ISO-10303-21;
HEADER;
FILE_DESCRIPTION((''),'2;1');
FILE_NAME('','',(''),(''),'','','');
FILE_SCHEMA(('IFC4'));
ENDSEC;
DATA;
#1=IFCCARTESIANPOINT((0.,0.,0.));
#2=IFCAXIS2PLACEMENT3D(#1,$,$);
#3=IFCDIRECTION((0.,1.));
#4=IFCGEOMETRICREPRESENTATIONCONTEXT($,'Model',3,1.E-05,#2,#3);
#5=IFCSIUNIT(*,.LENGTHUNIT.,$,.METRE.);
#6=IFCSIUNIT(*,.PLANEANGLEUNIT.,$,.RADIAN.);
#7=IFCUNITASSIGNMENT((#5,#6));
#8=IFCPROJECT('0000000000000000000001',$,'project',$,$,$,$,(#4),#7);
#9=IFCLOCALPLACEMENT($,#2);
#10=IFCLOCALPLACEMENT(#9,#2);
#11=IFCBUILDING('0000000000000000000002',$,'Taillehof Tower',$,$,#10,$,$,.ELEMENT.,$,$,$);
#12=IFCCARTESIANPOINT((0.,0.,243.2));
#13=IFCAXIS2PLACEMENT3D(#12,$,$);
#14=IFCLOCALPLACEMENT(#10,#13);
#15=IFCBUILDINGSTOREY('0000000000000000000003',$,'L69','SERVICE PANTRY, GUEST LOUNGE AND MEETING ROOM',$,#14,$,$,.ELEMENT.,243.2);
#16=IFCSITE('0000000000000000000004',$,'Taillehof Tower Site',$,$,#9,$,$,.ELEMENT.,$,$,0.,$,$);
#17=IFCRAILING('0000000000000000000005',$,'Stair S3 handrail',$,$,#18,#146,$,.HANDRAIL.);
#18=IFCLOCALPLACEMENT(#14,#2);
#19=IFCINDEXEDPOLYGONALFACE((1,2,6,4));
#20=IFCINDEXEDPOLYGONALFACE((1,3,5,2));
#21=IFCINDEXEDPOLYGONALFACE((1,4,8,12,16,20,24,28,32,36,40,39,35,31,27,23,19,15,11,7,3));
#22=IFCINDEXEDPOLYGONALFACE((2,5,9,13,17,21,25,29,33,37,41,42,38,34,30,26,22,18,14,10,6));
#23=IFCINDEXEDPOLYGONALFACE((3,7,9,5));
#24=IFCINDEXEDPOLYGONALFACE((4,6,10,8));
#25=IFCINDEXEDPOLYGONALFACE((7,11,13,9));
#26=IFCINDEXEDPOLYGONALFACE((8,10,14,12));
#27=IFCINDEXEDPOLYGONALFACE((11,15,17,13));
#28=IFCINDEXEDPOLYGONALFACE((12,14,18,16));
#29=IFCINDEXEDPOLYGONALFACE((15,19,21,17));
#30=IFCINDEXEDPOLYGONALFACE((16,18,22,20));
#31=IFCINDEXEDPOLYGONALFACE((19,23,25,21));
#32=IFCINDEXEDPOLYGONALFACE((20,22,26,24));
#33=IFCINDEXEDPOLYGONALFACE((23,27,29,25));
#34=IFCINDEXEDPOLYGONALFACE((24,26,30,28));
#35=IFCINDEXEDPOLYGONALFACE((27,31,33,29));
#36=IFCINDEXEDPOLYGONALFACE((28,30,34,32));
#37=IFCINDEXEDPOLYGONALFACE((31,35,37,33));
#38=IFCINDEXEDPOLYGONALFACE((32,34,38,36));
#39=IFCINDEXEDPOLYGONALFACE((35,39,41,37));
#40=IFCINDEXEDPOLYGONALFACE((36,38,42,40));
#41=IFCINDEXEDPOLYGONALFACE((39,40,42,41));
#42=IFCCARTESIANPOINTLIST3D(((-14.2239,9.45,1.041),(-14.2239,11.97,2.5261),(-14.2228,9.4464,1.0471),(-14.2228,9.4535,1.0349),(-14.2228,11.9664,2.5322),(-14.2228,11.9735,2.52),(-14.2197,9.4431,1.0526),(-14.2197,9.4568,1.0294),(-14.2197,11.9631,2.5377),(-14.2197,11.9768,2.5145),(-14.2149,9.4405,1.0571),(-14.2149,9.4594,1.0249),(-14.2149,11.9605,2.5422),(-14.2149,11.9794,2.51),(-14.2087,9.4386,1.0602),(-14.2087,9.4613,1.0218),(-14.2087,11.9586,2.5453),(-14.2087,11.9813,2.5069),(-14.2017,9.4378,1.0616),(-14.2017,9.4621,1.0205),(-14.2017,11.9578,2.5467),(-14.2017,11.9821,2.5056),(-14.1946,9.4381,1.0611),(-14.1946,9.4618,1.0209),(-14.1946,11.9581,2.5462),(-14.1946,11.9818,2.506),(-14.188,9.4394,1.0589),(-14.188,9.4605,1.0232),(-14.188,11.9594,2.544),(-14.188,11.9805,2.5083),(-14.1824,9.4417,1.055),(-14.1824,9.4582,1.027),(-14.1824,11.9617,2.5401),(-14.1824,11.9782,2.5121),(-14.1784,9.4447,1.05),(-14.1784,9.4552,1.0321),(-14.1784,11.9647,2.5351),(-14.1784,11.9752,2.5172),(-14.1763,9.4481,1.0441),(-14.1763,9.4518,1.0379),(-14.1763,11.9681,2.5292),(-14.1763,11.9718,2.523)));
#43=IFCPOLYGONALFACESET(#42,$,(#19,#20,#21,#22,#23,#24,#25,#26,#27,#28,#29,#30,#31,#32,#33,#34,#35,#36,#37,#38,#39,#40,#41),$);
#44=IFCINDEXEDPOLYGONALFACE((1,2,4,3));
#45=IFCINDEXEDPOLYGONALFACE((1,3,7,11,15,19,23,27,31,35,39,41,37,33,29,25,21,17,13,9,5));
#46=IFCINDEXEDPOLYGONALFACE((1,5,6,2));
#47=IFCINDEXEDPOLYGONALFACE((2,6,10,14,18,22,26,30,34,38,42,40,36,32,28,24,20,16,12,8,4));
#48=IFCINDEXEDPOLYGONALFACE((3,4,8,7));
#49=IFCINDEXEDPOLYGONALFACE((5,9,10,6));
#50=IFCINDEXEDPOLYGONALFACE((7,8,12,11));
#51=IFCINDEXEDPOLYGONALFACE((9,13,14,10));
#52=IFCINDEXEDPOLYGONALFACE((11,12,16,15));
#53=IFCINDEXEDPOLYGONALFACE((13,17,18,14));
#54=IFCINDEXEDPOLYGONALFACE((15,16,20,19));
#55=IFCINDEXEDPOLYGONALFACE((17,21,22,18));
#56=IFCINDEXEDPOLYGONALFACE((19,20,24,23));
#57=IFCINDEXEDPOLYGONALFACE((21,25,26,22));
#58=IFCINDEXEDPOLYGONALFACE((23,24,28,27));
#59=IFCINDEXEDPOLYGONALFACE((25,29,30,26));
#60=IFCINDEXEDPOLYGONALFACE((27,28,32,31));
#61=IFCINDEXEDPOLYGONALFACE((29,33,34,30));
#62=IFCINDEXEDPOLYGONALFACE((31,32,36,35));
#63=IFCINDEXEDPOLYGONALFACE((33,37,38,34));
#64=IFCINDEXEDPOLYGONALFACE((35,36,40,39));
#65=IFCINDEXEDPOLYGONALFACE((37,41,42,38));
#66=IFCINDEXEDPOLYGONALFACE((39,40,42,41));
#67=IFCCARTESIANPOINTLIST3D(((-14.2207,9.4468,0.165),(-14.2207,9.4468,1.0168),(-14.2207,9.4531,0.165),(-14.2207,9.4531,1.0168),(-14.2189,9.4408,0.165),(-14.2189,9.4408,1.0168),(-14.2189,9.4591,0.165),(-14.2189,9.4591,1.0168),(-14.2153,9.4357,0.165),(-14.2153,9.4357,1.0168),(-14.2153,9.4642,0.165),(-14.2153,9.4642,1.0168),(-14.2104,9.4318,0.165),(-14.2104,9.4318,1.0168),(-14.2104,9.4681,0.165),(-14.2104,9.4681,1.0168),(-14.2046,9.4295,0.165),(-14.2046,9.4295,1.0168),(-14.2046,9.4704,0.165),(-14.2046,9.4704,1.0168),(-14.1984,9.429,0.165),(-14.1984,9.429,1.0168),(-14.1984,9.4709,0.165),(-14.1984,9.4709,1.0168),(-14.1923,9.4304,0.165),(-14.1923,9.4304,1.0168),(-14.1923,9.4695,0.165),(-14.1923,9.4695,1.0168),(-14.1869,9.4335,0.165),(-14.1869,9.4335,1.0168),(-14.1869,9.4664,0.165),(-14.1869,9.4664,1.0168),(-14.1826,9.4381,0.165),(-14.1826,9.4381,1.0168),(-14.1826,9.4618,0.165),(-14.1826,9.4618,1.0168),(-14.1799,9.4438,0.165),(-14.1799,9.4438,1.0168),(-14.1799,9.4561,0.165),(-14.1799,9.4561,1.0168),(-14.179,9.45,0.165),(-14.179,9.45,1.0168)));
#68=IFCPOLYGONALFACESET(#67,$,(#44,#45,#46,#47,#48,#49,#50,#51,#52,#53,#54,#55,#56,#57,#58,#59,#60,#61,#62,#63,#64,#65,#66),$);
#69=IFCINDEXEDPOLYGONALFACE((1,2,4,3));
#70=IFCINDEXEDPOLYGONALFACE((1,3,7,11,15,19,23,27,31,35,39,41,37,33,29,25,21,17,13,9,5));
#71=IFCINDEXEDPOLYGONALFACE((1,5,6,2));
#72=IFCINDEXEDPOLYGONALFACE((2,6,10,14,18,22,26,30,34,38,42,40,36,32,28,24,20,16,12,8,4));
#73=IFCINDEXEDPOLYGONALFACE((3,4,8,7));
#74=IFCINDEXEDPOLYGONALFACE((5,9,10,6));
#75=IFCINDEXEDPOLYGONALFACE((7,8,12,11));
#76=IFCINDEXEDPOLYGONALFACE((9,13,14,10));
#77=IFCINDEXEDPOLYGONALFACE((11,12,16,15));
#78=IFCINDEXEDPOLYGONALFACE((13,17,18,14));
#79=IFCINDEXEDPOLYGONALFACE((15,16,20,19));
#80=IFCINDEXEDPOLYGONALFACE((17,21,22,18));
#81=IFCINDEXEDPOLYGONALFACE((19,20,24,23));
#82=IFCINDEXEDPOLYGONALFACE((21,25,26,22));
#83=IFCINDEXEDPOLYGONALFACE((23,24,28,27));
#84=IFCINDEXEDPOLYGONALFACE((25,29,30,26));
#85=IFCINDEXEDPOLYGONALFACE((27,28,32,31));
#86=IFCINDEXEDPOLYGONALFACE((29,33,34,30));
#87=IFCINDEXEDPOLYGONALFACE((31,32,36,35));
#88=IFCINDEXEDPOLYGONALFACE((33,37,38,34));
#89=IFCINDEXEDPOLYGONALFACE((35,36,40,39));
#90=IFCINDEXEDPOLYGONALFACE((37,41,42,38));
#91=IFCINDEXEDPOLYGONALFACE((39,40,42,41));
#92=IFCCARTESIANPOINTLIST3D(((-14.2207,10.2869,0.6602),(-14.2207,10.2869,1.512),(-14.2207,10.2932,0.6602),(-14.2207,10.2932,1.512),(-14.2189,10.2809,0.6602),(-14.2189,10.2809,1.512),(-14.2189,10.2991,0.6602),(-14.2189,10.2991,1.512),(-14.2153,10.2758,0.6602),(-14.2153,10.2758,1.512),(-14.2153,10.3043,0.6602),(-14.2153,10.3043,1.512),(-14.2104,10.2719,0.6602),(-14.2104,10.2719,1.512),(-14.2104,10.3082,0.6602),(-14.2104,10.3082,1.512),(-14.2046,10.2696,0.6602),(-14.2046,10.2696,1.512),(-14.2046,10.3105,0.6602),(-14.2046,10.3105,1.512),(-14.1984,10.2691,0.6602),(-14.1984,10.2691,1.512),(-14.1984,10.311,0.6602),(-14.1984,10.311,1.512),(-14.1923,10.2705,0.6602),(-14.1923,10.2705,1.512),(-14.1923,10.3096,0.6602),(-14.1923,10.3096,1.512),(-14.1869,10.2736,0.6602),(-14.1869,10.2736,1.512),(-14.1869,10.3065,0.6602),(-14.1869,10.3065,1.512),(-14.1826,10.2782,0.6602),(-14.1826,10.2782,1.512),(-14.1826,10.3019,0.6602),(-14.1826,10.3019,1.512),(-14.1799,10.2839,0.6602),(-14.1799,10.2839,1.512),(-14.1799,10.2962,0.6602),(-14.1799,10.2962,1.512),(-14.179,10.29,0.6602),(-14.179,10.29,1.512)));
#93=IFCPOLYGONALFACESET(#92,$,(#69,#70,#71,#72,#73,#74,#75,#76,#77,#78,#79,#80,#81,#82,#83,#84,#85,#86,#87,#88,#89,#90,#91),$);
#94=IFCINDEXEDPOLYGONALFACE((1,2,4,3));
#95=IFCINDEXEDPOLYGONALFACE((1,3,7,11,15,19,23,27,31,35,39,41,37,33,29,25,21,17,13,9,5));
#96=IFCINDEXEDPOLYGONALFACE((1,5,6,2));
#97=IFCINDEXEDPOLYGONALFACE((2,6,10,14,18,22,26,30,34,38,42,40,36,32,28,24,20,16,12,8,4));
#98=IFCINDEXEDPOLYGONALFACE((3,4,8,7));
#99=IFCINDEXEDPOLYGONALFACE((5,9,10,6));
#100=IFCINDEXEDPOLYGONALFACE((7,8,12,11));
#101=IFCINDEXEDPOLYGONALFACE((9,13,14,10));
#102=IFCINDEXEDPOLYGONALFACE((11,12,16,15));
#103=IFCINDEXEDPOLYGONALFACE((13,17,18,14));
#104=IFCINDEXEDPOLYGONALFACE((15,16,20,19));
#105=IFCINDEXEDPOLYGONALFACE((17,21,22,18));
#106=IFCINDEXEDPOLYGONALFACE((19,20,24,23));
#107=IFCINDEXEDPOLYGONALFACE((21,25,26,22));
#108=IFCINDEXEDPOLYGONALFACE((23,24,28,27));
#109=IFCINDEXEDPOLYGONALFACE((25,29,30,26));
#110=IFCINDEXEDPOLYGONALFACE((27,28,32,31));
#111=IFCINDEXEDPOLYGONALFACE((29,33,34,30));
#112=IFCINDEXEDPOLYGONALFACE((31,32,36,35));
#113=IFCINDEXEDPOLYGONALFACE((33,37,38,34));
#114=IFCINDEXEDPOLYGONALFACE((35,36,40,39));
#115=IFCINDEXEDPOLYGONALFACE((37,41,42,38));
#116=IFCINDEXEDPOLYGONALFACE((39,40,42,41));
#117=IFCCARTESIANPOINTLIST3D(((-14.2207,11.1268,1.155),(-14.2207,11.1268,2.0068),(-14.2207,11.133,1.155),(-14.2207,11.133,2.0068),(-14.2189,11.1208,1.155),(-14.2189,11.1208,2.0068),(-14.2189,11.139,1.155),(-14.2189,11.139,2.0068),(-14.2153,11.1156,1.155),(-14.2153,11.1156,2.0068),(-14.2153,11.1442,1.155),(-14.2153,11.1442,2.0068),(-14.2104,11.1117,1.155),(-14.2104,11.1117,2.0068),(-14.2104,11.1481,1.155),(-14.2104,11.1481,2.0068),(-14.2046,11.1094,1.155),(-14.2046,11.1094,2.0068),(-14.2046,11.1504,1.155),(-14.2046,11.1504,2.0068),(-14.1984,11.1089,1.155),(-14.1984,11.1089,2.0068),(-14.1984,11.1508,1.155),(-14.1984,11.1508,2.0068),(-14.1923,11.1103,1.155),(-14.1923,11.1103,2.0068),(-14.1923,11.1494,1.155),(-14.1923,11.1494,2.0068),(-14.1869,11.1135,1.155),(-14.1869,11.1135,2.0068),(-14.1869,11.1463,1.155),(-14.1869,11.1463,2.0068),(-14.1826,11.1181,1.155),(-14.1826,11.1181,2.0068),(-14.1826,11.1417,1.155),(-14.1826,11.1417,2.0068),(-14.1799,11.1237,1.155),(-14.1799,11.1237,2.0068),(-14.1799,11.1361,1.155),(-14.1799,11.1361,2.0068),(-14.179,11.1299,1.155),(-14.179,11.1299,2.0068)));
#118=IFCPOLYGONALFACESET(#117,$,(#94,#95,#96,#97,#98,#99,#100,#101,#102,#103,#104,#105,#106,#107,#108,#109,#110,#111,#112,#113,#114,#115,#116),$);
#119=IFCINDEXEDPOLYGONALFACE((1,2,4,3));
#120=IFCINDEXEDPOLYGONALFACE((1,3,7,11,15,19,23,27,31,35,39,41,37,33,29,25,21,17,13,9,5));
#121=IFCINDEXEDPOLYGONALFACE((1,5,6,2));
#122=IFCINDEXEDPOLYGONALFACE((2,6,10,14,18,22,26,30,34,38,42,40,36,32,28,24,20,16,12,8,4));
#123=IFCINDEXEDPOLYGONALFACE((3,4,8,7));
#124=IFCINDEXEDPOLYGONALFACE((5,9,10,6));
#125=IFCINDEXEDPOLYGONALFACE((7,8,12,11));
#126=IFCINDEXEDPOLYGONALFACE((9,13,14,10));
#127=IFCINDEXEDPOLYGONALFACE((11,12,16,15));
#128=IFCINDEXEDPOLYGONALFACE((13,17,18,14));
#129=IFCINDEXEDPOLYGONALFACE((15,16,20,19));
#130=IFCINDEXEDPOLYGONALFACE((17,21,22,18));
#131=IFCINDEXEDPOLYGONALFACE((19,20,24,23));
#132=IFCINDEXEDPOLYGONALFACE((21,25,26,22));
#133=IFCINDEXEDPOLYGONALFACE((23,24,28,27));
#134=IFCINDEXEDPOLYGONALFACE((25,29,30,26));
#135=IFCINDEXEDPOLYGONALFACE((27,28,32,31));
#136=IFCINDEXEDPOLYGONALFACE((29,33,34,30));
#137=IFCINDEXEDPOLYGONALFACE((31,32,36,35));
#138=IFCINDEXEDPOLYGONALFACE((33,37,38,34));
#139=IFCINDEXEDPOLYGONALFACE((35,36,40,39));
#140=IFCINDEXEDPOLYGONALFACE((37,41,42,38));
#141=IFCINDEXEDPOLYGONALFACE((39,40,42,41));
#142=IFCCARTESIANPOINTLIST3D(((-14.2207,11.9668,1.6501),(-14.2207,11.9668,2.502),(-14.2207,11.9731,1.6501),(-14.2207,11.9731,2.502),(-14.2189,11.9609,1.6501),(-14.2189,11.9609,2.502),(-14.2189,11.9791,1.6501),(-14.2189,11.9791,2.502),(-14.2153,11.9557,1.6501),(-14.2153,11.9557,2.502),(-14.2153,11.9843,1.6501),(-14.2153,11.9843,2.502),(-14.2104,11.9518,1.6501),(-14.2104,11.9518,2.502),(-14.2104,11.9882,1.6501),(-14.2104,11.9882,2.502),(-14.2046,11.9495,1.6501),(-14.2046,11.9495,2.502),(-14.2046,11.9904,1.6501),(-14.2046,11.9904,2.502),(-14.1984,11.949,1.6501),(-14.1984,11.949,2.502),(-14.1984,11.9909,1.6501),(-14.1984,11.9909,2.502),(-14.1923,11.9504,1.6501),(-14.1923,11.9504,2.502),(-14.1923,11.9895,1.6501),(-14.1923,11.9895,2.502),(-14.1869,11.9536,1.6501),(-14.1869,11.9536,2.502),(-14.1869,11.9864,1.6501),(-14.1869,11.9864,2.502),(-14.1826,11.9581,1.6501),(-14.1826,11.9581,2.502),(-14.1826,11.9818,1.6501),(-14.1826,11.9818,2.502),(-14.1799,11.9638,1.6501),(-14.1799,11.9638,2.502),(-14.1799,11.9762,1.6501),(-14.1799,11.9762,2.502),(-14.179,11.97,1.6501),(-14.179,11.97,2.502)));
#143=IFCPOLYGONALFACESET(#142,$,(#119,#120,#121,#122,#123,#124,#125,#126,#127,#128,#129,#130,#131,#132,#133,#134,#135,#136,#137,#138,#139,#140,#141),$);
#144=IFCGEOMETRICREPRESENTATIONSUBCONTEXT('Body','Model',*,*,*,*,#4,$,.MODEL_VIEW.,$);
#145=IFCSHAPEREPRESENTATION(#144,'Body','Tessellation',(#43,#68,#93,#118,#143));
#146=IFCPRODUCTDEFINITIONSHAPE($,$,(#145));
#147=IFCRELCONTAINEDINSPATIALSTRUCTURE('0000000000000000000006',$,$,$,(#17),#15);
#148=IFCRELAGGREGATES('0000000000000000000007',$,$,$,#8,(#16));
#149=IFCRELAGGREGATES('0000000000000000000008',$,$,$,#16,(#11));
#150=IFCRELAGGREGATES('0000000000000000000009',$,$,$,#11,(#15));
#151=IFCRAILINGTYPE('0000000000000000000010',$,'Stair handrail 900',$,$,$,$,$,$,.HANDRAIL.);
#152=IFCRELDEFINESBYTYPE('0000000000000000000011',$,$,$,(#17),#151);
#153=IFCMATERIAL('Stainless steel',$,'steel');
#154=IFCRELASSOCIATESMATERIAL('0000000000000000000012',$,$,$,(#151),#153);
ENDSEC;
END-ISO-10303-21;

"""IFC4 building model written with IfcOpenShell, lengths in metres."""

from ifc_helpers import new_model, si_unit, direction, frame, origin, origin_2d, place, context, subcontext, project, spatial, circle, extrude, material, type_object, element, save


model = new_model("IFC4")

# Units and contexts
model_context = context("Model", 3, precision=1e-05, world=origin(), true_north=direction((0.0, 1.0)))
body_context = subcontext(model_context, "Body", "Model", "MODEL_VIEW")
ifc_project = project(units=[si_unit("LENGTHUNIT", "METRE"), si_unit("PLANEANGLEUNIT", "RADIAN")], contexts=[model_context])

# Site, building, storey
site_placement = place(None, origin())
site = spatial("IfcSite", under=ifc_project, at=site_placement, Name="Taillehof Tower Site", CompositionType="ELEMENT", RefElevation=0.0)
building_placement = place(site_placement, origin())
building = spatial("IfcBuilding", under=site, at=building_placement, Name="Taillehof Tower", CompositionType="ELEMENT")
storey_placement = place(building_placement, frame((0.0, 0.0, 243.2)))
storey = spatial("IfcBuildingStorey", under=building, at=storey_placement, Name="L69", Description="SERVICE PANTRY, GUEST LOUNGE AND MEETING ROOM", CompositionType="ELEMENT", Elevation=243.2)

# Railing
ifc_material_1 = material(Name="Stainless steel", Category="steel")
railing_type = type_object("IfcRailingType", Name="Stair handrail 900", PredefinedType="HANDRAIL", material=ifc_material_1)
railing_placement = place(storey_placement, frame((-14.2, 9.45, 0.165)))
element("IfcRailing", 1, at=railing_placement, inside=storey, type_object=railing_type, Name="Stair S3 handrail", PredefinedType="HANDRAIL", context=body_context, shape_type="SweptSolid", body=[
    extrude(circle(Radius=0.0239, at=origin_2d()), frame((0.0, 0.0, 0.876), z_axis=(0.0, 0.861524, 0.507717), x_axis=(-1.0, 0.0, 0.0)), (0.0, 0.0, 1.0), 2.925),
    extrude(circle(Radius=0.021, at=origin_2d()), origin(), (0.0, 0.0, 1.0), 0.8518),
    extrude(circle(Radius=0.021, at=origin_2d()), frame((0.0, 0.8401, 0.4951)), (0.0, 0.0, 1.0), 0.8518),
    extrude(circle(Radius=0.021, at=origin_2d()), frame((0.0, 1.6799, 0.99)), (0.0, 0.0, 1.0), 0.8518),
    extrude(circle(Radius=0.021, at=origin_2d()), frame((0.0, 2.52, 1.4851)), (0.0, 0.0, 1.0), 0.8518),
])

save(model, "model.ifc")
